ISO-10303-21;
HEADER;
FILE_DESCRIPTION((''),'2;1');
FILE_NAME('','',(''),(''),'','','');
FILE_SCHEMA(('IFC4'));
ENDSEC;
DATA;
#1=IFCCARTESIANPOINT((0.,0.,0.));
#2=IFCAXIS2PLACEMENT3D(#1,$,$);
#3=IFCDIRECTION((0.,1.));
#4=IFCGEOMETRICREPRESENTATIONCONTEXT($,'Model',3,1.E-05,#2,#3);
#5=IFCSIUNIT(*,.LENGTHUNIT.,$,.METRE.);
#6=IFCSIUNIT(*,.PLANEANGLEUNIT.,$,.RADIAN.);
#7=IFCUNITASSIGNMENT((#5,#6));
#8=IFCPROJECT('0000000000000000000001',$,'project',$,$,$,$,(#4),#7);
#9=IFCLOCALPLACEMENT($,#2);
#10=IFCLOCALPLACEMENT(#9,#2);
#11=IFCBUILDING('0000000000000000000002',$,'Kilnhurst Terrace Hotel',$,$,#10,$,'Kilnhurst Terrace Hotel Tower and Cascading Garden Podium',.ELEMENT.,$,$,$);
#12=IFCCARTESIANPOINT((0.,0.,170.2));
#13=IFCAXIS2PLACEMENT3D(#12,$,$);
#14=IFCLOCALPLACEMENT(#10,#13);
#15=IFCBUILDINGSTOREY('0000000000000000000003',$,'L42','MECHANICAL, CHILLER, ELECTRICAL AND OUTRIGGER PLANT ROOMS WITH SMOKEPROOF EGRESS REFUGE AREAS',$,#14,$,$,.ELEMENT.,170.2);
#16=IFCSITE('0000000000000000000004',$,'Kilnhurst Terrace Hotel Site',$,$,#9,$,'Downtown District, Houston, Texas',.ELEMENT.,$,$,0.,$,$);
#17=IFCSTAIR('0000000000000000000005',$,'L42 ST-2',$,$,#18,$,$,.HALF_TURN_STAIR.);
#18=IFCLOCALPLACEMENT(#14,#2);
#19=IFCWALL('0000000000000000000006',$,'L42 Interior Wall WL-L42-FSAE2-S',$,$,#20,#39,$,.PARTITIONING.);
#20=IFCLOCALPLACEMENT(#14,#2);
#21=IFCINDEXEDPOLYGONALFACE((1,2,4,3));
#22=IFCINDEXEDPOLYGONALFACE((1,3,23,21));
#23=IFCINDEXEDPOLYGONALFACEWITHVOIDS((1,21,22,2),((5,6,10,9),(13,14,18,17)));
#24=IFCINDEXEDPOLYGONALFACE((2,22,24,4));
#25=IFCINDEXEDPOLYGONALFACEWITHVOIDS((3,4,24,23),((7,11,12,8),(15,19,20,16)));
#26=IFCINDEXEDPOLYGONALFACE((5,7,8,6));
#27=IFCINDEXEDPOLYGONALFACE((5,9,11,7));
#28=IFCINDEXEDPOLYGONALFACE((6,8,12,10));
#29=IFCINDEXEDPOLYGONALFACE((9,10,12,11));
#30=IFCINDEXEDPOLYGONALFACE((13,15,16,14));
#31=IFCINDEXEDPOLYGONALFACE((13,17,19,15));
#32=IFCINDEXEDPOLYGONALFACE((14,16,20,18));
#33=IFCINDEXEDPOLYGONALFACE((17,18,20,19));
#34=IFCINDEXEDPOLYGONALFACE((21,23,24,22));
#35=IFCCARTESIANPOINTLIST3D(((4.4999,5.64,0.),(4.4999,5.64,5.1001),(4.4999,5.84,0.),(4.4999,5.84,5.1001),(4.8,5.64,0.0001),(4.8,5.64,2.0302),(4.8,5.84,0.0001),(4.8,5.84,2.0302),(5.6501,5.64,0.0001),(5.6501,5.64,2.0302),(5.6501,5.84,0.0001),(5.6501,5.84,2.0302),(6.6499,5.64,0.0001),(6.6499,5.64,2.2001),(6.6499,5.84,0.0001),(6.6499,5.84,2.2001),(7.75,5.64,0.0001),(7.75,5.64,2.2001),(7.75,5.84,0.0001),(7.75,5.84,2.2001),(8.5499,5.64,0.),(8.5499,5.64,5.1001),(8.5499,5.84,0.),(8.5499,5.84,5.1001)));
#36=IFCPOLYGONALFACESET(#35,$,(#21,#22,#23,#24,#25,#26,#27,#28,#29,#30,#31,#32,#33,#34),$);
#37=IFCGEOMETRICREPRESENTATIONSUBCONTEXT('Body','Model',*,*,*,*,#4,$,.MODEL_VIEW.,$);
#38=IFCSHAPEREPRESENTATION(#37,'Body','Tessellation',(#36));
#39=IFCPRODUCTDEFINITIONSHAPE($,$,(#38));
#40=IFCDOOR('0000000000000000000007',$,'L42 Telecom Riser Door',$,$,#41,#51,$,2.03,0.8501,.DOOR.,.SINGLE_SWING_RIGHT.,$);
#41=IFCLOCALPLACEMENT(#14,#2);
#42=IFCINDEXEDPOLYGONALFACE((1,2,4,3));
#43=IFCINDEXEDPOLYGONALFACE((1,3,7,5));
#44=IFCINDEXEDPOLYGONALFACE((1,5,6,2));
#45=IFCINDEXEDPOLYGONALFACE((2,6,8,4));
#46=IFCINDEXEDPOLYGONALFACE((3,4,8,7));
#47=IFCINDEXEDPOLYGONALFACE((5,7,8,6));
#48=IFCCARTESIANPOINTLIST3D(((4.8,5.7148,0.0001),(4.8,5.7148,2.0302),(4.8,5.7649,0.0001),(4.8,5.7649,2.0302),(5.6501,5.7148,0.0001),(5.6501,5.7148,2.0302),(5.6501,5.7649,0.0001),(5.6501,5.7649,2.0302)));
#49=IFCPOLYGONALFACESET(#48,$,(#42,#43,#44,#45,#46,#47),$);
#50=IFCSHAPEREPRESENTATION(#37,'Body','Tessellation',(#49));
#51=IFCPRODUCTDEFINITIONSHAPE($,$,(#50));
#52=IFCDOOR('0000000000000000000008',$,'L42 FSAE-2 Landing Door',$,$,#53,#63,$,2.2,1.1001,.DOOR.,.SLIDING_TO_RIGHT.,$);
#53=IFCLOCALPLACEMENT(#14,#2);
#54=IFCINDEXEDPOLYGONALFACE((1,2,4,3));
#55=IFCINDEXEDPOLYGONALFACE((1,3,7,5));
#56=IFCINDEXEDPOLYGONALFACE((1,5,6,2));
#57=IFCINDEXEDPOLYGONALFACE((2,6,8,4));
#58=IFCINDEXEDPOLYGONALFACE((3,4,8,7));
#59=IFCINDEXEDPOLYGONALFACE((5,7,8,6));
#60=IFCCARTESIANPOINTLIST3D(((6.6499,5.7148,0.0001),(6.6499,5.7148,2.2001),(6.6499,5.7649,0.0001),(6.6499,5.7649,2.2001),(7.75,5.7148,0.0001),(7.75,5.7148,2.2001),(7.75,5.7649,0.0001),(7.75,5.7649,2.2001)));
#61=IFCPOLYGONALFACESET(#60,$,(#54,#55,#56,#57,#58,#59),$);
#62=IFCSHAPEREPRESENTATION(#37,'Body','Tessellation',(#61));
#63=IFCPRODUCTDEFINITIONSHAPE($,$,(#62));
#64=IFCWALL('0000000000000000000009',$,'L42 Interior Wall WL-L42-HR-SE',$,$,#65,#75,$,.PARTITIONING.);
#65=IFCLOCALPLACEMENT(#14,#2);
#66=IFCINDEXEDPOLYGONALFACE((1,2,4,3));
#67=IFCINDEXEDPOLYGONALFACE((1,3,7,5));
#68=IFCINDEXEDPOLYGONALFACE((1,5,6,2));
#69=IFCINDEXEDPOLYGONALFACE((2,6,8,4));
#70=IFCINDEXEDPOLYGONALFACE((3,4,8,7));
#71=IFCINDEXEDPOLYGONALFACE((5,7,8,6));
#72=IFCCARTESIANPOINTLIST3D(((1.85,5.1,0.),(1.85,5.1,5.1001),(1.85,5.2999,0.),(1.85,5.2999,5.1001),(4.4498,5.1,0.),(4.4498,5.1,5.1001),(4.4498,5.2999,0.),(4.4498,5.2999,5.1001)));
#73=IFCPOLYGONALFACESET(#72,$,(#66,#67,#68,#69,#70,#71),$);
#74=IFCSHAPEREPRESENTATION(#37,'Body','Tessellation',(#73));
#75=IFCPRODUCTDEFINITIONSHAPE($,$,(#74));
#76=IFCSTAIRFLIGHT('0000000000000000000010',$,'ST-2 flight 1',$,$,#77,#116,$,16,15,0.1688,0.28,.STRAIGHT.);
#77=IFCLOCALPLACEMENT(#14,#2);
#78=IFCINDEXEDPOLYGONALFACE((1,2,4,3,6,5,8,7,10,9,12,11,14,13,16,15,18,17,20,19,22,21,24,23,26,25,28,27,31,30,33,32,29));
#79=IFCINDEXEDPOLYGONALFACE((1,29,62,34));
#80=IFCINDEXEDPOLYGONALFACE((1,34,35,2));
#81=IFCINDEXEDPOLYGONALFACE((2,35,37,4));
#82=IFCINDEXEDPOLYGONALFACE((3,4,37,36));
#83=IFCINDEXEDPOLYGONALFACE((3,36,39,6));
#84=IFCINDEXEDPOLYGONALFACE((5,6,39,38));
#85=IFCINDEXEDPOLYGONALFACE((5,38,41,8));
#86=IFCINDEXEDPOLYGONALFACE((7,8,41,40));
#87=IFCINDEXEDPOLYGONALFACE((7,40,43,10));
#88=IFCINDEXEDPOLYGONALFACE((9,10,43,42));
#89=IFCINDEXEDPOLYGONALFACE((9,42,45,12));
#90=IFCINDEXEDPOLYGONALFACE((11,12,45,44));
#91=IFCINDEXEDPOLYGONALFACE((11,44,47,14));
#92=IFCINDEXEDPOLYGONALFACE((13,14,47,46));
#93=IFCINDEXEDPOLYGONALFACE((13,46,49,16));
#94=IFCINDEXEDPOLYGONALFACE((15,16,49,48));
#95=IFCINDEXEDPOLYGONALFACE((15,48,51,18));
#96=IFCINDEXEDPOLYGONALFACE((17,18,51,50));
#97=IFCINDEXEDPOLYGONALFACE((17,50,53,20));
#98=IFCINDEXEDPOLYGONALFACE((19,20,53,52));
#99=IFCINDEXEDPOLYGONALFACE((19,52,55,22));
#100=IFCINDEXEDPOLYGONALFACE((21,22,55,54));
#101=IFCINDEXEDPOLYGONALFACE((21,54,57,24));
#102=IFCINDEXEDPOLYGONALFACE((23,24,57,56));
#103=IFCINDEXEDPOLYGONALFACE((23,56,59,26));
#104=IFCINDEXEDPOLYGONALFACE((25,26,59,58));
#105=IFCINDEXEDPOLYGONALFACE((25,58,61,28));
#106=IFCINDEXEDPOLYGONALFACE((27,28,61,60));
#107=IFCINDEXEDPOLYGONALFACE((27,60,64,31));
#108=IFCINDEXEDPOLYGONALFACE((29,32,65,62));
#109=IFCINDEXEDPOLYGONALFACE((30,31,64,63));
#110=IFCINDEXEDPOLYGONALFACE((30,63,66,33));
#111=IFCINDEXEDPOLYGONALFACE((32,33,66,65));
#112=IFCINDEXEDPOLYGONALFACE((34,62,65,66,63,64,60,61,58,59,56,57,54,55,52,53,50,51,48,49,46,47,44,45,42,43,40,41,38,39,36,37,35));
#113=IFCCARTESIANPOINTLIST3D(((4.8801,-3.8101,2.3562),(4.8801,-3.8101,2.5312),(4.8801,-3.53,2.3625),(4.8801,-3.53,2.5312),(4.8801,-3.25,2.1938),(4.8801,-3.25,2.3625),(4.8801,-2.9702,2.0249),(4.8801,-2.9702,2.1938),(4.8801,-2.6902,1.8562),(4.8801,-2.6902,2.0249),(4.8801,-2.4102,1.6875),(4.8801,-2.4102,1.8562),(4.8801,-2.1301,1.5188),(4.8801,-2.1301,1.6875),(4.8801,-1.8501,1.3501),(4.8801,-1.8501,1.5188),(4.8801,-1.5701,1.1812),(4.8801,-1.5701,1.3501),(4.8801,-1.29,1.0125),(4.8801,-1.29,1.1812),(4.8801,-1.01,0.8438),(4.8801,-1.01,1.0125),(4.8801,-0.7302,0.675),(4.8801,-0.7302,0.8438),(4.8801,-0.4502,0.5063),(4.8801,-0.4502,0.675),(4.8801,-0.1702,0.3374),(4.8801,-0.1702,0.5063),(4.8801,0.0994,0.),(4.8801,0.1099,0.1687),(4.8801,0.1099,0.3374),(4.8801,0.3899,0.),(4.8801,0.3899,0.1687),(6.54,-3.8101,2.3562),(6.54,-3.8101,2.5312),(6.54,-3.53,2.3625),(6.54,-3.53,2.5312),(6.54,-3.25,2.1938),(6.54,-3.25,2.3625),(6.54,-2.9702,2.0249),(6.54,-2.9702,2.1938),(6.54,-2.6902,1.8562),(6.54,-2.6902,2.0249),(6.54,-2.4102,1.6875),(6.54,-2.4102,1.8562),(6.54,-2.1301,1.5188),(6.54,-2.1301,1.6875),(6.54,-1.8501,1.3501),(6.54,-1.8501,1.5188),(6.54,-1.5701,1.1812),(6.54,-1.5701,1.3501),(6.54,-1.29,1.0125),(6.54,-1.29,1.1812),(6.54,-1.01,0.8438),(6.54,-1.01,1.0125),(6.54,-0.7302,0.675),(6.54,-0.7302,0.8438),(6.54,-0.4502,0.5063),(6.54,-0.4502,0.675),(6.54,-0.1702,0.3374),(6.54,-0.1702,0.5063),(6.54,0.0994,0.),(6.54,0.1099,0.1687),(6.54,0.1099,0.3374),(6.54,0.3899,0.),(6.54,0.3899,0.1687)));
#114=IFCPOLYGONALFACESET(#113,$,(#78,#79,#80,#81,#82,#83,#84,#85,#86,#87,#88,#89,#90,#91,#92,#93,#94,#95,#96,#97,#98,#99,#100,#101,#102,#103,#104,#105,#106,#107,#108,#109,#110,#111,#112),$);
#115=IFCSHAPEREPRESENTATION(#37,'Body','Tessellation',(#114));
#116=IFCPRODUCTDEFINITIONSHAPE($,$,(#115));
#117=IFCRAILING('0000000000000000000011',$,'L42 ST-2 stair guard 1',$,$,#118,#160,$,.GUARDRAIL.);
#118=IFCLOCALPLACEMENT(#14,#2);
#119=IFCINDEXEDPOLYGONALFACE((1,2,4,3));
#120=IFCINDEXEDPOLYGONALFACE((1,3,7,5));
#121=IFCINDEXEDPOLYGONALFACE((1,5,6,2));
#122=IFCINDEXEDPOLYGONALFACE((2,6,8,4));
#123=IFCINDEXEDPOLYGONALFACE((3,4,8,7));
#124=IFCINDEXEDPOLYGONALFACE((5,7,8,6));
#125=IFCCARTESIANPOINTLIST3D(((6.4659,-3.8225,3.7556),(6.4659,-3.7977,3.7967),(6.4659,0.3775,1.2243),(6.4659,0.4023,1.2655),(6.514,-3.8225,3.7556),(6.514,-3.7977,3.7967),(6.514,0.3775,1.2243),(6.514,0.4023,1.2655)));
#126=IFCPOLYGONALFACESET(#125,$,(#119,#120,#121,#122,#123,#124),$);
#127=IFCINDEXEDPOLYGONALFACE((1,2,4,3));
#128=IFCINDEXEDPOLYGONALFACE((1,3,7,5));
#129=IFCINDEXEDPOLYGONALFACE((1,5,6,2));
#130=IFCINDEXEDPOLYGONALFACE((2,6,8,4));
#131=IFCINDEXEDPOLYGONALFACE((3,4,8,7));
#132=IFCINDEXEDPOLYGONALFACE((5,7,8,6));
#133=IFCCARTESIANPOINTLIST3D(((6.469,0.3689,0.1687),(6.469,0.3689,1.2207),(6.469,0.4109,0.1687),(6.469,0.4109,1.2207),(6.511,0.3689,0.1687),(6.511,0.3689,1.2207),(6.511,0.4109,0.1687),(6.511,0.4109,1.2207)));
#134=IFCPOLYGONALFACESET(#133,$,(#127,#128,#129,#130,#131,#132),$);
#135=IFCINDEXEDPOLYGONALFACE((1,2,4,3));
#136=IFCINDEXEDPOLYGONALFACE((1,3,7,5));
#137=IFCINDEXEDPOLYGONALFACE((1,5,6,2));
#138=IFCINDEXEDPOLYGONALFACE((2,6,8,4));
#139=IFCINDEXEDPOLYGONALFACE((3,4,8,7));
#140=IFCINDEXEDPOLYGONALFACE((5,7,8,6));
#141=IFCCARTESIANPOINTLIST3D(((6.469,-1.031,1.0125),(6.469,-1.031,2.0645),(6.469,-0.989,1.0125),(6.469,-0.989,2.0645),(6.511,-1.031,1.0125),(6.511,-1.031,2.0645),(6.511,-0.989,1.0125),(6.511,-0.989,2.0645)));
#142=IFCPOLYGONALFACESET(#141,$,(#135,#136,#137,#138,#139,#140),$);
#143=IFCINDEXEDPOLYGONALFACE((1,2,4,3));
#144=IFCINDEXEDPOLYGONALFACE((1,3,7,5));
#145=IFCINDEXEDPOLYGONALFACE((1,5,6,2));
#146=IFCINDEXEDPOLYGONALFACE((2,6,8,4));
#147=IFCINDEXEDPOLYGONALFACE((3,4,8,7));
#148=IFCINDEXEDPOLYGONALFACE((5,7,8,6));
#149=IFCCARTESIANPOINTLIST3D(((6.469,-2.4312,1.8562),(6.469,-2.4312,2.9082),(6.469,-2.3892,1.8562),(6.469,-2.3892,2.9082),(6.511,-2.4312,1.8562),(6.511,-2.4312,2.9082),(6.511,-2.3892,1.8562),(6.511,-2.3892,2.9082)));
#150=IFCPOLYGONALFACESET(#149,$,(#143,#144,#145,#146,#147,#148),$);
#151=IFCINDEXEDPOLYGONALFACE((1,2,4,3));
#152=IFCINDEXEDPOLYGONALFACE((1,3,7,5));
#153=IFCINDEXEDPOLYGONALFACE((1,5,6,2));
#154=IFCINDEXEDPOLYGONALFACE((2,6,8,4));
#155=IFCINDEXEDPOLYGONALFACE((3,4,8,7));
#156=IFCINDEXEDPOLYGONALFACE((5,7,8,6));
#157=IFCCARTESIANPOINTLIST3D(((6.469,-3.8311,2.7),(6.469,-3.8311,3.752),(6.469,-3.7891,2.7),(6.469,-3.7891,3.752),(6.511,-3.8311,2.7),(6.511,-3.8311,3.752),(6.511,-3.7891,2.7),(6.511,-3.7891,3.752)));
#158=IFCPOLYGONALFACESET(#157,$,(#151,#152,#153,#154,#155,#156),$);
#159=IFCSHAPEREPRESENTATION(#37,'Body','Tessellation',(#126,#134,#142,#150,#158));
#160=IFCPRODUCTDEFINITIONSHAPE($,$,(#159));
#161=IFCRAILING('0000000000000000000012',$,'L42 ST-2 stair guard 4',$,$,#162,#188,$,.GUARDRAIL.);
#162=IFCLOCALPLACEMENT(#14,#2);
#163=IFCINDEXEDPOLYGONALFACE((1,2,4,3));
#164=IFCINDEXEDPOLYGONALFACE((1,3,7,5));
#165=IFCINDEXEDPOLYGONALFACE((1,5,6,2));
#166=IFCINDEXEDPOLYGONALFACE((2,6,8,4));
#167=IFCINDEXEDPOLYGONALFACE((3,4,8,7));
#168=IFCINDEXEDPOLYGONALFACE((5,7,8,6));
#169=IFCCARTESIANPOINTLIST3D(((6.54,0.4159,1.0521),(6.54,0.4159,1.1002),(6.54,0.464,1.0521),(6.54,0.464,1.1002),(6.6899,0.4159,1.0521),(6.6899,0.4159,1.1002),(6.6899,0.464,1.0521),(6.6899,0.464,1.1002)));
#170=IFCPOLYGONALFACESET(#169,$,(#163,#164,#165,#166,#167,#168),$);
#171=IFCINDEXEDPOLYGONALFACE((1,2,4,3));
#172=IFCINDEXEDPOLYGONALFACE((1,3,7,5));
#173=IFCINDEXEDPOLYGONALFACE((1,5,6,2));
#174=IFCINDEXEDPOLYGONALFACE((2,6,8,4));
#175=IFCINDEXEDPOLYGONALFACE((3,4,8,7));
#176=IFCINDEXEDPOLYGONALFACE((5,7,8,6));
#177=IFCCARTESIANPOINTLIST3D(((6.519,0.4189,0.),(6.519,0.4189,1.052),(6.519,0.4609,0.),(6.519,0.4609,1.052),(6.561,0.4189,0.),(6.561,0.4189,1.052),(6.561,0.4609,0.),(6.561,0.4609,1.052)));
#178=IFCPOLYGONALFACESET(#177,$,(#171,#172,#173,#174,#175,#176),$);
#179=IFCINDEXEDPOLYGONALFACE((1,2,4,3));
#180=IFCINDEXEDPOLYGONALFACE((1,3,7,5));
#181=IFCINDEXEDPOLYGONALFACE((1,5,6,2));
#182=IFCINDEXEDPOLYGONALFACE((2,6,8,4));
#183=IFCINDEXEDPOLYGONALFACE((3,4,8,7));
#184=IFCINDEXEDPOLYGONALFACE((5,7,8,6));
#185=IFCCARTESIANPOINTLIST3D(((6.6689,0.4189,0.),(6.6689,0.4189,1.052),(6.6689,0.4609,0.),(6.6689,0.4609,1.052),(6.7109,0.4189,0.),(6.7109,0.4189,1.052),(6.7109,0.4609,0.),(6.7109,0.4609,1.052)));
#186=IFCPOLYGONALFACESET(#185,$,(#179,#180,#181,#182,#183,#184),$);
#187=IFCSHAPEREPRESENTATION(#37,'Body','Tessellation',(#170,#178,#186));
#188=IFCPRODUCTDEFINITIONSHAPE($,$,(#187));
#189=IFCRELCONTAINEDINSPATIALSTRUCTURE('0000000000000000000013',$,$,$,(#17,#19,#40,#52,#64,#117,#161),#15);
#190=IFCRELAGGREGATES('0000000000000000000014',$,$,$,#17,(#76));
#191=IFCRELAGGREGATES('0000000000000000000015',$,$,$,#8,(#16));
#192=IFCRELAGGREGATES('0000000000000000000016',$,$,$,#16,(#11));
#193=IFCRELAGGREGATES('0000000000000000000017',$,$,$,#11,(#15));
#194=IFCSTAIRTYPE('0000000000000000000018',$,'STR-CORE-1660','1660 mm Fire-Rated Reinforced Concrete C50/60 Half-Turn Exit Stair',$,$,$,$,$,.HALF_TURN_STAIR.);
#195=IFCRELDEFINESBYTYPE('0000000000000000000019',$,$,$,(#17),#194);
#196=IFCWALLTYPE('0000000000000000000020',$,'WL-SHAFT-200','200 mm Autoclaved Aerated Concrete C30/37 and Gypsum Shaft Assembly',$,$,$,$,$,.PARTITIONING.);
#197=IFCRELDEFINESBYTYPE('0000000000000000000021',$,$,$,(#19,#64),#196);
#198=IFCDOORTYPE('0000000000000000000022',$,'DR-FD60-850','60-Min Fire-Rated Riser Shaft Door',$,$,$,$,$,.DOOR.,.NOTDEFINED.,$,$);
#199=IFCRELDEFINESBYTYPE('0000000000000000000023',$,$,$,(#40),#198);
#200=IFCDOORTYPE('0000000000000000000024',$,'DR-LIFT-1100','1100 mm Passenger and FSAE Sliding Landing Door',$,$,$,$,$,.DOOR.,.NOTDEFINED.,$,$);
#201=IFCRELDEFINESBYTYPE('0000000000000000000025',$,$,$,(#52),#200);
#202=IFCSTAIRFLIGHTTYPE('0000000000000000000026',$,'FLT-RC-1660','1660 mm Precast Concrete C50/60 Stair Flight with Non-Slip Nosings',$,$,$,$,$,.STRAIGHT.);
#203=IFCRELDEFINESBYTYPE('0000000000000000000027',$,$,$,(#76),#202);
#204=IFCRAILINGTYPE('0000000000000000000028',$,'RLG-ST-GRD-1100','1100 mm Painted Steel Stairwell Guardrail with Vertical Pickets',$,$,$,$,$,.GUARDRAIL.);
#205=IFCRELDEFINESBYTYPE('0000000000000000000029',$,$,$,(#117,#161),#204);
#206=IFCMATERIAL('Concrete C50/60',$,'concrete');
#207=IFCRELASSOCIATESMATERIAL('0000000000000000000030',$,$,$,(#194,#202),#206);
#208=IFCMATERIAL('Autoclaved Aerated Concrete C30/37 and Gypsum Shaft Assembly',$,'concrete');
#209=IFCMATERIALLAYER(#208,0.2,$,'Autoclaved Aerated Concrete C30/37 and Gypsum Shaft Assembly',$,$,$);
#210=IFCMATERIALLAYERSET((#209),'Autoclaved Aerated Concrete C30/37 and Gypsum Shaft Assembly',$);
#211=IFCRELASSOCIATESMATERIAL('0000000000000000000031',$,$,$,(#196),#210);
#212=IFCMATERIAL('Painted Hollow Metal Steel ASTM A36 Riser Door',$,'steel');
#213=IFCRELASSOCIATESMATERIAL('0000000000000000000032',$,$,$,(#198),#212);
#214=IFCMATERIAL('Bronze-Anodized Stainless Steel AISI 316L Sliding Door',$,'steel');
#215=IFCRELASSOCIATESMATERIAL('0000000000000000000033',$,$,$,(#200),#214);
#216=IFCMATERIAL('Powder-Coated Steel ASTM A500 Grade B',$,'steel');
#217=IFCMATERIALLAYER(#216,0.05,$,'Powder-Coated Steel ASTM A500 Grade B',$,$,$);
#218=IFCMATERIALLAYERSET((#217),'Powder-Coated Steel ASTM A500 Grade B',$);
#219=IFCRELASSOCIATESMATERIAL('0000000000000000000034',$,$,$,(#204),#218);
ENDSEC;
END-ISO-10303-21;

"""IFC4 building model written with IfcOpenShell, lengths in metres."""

from ifc_helpers import new_model, si_unit, direction, frame, frame_2d, origin, origin_2d, place, context, subcontext, project, spatial, polyline, rectangle, outline, extrude, material, layer, layer_set, type_object, element, fill, aggregate, save


model = new_model("IFC4")

# Units and contexts
model_context = context("Model", 3, precision=1e-05, world=origin(), true_north=direction((0.0, 1.0)))
body_context = subcontext(model_context, "Body", "Model", "MODEL_VIEW")
ifc_project = project(units=[si_unit("LENGTHUNIT", "METRE"), si_unit("PLANEANGLEUNIT", "RADIAN")], contexts=[model_context])

# Site, building, storey
site_placement = place(None, origin())
site = spatial("IfcSite", under=ifc_project, at=site_placement, Name="Kilnhurst Terrace Hotel Site", LongName="Downtown District, Houston, Texas", CompositionType="ELEMENT", RefElevation=0.0)
building_placement = place(site_placement, origin())
building = spatial("IfcBuilding", under=site, at=building_placement, Name="Kilnhurst Terrace Hotel", LongName="Kilnhurst Terrace Hotel Tower and Cascading Garden Podium", CompositionType="ELEMENT")
storey_placement = place(building_placement, frame((0.0, 0.0, 170.2)))
storey = spatial("IfcBuildingStorey", under=building, at=storey_placement, Name="L42", Description="MECHANICAL, CHILLER, ELECTRICAL AND OUTRIGGER PLANT ROOMS WITH SMOKEPROOF EGRESS REFUGE AREAS", CompositionType="ELEMENT", Elevation=170.2)

# Stair
ifc_material_1 = material(Name="Concrete C50/60", Category="concrete")
stair_type = type_object("IfcStairType", Name="STR-CORE-1660", Description="1660 mm Fire-Rated Reinforced Concrete C50/60 Half-Turn Exit Stair", PredefinedType="HALF_TURN_STAIR", material=ifc_material_1)
stair_1_placement = place(storey_placement, origin())
stair_1 = element("IfcStair", 1, at=stair_1_placement, inside=storey, type_object=stair_type, Name="L42 ST-2", PredefinedType="HALF_TURN_STAIR")

# Wall, openings, doors
ifc_material_2 = material(Name="Autoclaved Aerated Concrete C30/37 and Gypsum Shaft Assembly", Category="concrete")
ifc_layer_1 = layer(ifc_material_2, 0.2, Name="Autoclaved Aerated Concrete C30/37 and Gypsum Shaft Assembly")
ifc_layer_set_1 = layer_set([ifc_layer_1], Name="Autoclaved Aerated Concrete C30/37 and Gypsum Shaft Assembly")
wall_type_1 = type_object("IfcWallType", Name="WL-SHAFT-200", Description="200 mm Autoclaved Aerated Concrete C30/37 and Gypsum Shaft Assembly", PredefinedType="PARTITIONING", material=ifc_layer_set_1)
wall_1_placement = place(storey_placement, frame((4.5, 5.74, 0.0), z_axis=(0.0, 0.0, 1.0), x_axis=(1.0, 0.0, 0.0)))
wall_1 = element("IfcWall", 2, at=wall_1_placement, inside=storey, type_object=wall_type_1, Name="L42 Interior Wall WL-L42-FSAE2-S", PredefinedType="PARTITIONING", context=body_context, shape_type="SweptSolid", body=[
    extrude(rectangle(XDim=4.05, YDim=0.2, at=frame_2d((2.0249, 0.0))), origin(), (0.0, 0.0, 1.0), 5.1001),
])
opening_1_placement = place(wall_1_placement, frame((0.3, 0.0, 0.0)))
opening_1 = element("IfcOpeningElement", 3, at=opening_1_placement, cuts=wall_1, PredefinedType="OPENING", context=body_context, shape_type="SweptSolid", body=[
    extrude(rectangle(XDim=0.8501, YDim=2.03, at=frame_2d((0.425, 1.0151))), frame((0.0, 0.1099, 0.0), z_axis=(0.0, -1.0, 0.0), x_axis=(1.0, 0.0, 0.0)), (0.0, 0.0, 1.0), 0.22),
])
opening_2_placement = place(wall_1_placement, frame((2.1499, 0.0, 0.0)))
opening_2 = element("IfcOpeningElement", 4, at=opening_2_placement, cuts=wall_1, PredefinedType="OPENING", context=body_context, shape_type="SweptSolid", body=[
    extrude(rectangle(XDim=1.1001, YDim=2.2, at=frame_2d((0.55, 1.1001))), frame((0.0, 0.1099, 0.0), z_axis=(0.0, -1.0, 0.0), x_axis=(1.0, 0.0, 0.0)), (0.0, 0.0, 1.0), 0.22),
])
ifc_material_3 = material(Name="Painted Hollow Metal Steel ASTM A36 Riser Door", Category="steel")
door_type_1 = type_object("IfcDoorType", Name="DR-FD60-850", Description="60-Min Fire-Rated Riser Shaft Door", OperationType="NOTDEFINED", PredefinedType="DOOR", material=ifc_material_3)
door_1_placement = place(opening_1_placement, origin())
door_1 = element("IfcDoor", 5, at=door_1_placement, inside=storey, type_object=door_type_1, Name="L42 Telecom Riser Door", OperationType="SINGLE_SWING_RIGHT", OverallHeight=2.03, OverallWidth=0.8501, PredefinedType="DOOR", context=body_context, shape_type="SweptSolid", body=[
    extrude(rectangle(XDim=0.8501, YDim=2.03, at=frame_2d((0.425, 1.0151))), frame((0.0, 0.0249, 0.0), z_axis=(0.0, -1.0, 0.0), x_axis=(1.0, 0.0, 0.0)), (0.0, 0.0, 1.0), 0.05),
])
fill(opening_1, door_1)
ifc_material_4 = material(Name="Bronze-Anodized Stainless Steel AISI 316L Sliding Door", Category="steel")
door_type_2 = type_object("IfcDoorType", Name="DR-LIFT-1100", Description="1100 mm Passenger and FSAE Sliding Landing Door", OperationType="NOTDEFINED", PredefinedType="DOOR", material=ifc_material_4)
door_2_placement = place(opening_2_placement, origin())
door_2 = element("IfcDoor", 6, at=door_2_placement, inside=storey, type_object=door_type_2, Name="L42 FSAE-2 Landing Door", OperationType="SLIDING_TO_RIGHT", OverallHeight=2.2, OverallWidth=1.1001, PredefinedType="DOOR", context=body_context, shape_type="SweptSolid", body=[
    extrude(rectangle(XDim=1.1001, YDim=2.2, at=frame_2d((0.55, 1.1001))), frame((0.0, 0.0249, 0.0), z_axis=(0.0, -1.0, 0.0), x_axis=(1.0, 0.0, 0.0)), (0.0, 0.0, 1.0), 0.05),
])
fill(opening_2, door_2)

# Wall
wall_2_placement = place(storey_placement, frame((1.8501, 5.2, 0.0), z_axis=(0.0, 0.0, 1.0), x_axis=(1.0, 0.0, 0.0)))
element("IfcWall", 7, at=wall_2_placement, inside=storey, type_object=wall_type_1, Name="L42 Interior Wall WL-L42-HR-SE", PredefinedType="PARTITIONING", context=body_context, shape_type="SweptSolid", body=[
    extrude(rectangle(XDim=2.5999, YDim=0.2, at=frame_2d((1.2998, 0.0))), origin(), (0.0, 0.0, 1.0), 5.1001),
])

# Stair flight
stair_flight_type = type_object("IfcStairFlightType", Name="FLT-RC-1660", Description="1660 mm Precast Concrete C50/60 Stair Flight with Non-Slip Nosings", PredefinedType="STRAIGHT", material=ifc_material_1)
stair_flight_placement = place(storey_placement, frame((5.71, 0.3899, 0.0), z_axis=(0.0, 0.0, 1.0), x_axis=(0.0, -1.0, 0.0)))
stair_flight = element("IfcStairFlight", 8, at=stair_flight_placement, type_object=stair_flight_type, Name="ST-2 flight 1", NumberOfRisers=16, NumberOfTreads=15, PredefinedType="STRAIGHT", RiserHeight=0.1688, TreadLength=0.28, context=body_context, shape_type="SweptSolid", body=[
    extrude(outline(polyline([(0.0, 0.0), (0.0, 0.1687), (0.28, 0.1687), (0.28, 0.3374), (0.5601, 0.3374), (0.5601, 0.5063), (0.8401, 0.5063), (0.8401, 0.675), (1.1201, 0.675), (1.1201, 0.8438), (1.3999, 0.8438), (1.3999, 1.0125), (1.6799, 1.0125), (1.6799, 1.1812), (1.96, 1.1812), (1.96, 1.3501), (2.24, 1.3501), (2.24, 1.5188), (2.52, 1.5188), (2.52, 1.6875), (2.8, 1.6875), (2.8, 1.8562), (3.0801, 1.8562), (3.0801, 2.0249), (3.3601, 2.0249), (3.3601, 2.1938), (3.6399, 2.1938), (3.6399, 2.3625), (3.9199, 2.3625), (3.9199, 2.5312), (4.2, 2.5312), (4.2, 2.7), (4.2, 2.3562), (0.2905, 0.0), (0.0, 0.0)])), frame((0.0, 0.8301, 0.0), z_axis=(0.0, -1.0, 0.0), x_axis=(1.0, 0.0, 0.0)), (0.0, 0.0, 1.0), 1.6599),
])
aggregate(stair_1, [stair_flight])

# Railings
ifc_material_5 = material(Name="Powder-Coated Steel ASTM A500 Grade B", Category="steel")
ifc_layer_2 = layer(ifc_material_5, 0.05, Name="Powder-Coated Steel ASTM A500 Grade B")
ifc_layer_set_2 = layer_set([ifc_layer_2], Name="Powder-Coated Steel ASTM A500 Grade B")
railing_type_1 = type_object("IfcRailingType", Name="RLG-ST-GRD-1100", Description="1100 mm Painted Steel Stairwell Guardrail with Vertical Pickets", PredefinedType="GUARDRAIL", material=ifc_layer_set_2)
railing_1_placement = place(storey_placement, frame((6.49, 0.3899, 0.1687)))
element("IfcRailing", 9, at=railing_1_placement, inside=storey, type_object=railing_type_1, Name="L42 ST-2 stair guard 1", PredefinedType="GUARDRAIL", context=body_context, shape_type="SweptSolid", body=[
    extrude(rectangle(XDim=0.0481, YDim=0.0481, at=origin_2d()), frame((0.0, 0.0, 1.0762), z_axis=(0.0, -0.856476, 0.516186), x_axis=(1.0, 0.0, 0.0)), (0.0, 0.0, 1.0), 4.9038),
    extrude(rectangle(XDim=0.042, YDim=0.042, at=origin_2d()), origin(), (0.0, 0.0, 1.0), 1.052),
    extrude(rectangle(XDim=0.042, YDim=0.042, at=origin_2d()), frame((0.0, -1.3999, 0.8438)), (0.0, 0.0, 1.0), 1.052),
    extrude(rectangle(XDim=0.042, YDim=0.042, at=origin_2d()), frame((0.0, -2.8, 1.6875)), (0.0, 0.0, 1.0), 1.052),
    extrude(rectangle(XDim=0.042, YDim=0.042, at=origin_2d()), frame((0.0, -4.2, 2.5312)), (0.0, 0.0, 1.0), 1.052),
])
railing_2_placement = place(storey_placement, frame((6.54, 0.4399, 0.0)))
element("IfcRailing", 10, at=railing_2_placement, inside=storey, type_object=railing_type_1, Name="L42 ST-2 stair guard 4", PredefinedType="GUARDRAIL", context=body_context, shape_type="SweptSolid", body=[
    extrude(rectangle(XDim=0.0481, YDim=0.0481, at=origin_2d()), frame((0.0, 0.0, 1.0762), z_axis=(1.0, 0.0, 0.0), x_axis=(0.0, 1.0, 0.0)), (0.0, 0.0, 1.0), 0.1499),
    extrude(rectangle(XDim=0.042, YDim=0.042, at=origin_2d()), origin(), (0.0, 0.0, 1.0), 1.052),
    extrude(rectangle(XDim=0.042, YDim=0.042, at=origin_2d()), frame((0.1499, 0.0, 0.0)), (0.0, 0.0, 1.0), 1.052),
])

save(model, "model.ifc")
